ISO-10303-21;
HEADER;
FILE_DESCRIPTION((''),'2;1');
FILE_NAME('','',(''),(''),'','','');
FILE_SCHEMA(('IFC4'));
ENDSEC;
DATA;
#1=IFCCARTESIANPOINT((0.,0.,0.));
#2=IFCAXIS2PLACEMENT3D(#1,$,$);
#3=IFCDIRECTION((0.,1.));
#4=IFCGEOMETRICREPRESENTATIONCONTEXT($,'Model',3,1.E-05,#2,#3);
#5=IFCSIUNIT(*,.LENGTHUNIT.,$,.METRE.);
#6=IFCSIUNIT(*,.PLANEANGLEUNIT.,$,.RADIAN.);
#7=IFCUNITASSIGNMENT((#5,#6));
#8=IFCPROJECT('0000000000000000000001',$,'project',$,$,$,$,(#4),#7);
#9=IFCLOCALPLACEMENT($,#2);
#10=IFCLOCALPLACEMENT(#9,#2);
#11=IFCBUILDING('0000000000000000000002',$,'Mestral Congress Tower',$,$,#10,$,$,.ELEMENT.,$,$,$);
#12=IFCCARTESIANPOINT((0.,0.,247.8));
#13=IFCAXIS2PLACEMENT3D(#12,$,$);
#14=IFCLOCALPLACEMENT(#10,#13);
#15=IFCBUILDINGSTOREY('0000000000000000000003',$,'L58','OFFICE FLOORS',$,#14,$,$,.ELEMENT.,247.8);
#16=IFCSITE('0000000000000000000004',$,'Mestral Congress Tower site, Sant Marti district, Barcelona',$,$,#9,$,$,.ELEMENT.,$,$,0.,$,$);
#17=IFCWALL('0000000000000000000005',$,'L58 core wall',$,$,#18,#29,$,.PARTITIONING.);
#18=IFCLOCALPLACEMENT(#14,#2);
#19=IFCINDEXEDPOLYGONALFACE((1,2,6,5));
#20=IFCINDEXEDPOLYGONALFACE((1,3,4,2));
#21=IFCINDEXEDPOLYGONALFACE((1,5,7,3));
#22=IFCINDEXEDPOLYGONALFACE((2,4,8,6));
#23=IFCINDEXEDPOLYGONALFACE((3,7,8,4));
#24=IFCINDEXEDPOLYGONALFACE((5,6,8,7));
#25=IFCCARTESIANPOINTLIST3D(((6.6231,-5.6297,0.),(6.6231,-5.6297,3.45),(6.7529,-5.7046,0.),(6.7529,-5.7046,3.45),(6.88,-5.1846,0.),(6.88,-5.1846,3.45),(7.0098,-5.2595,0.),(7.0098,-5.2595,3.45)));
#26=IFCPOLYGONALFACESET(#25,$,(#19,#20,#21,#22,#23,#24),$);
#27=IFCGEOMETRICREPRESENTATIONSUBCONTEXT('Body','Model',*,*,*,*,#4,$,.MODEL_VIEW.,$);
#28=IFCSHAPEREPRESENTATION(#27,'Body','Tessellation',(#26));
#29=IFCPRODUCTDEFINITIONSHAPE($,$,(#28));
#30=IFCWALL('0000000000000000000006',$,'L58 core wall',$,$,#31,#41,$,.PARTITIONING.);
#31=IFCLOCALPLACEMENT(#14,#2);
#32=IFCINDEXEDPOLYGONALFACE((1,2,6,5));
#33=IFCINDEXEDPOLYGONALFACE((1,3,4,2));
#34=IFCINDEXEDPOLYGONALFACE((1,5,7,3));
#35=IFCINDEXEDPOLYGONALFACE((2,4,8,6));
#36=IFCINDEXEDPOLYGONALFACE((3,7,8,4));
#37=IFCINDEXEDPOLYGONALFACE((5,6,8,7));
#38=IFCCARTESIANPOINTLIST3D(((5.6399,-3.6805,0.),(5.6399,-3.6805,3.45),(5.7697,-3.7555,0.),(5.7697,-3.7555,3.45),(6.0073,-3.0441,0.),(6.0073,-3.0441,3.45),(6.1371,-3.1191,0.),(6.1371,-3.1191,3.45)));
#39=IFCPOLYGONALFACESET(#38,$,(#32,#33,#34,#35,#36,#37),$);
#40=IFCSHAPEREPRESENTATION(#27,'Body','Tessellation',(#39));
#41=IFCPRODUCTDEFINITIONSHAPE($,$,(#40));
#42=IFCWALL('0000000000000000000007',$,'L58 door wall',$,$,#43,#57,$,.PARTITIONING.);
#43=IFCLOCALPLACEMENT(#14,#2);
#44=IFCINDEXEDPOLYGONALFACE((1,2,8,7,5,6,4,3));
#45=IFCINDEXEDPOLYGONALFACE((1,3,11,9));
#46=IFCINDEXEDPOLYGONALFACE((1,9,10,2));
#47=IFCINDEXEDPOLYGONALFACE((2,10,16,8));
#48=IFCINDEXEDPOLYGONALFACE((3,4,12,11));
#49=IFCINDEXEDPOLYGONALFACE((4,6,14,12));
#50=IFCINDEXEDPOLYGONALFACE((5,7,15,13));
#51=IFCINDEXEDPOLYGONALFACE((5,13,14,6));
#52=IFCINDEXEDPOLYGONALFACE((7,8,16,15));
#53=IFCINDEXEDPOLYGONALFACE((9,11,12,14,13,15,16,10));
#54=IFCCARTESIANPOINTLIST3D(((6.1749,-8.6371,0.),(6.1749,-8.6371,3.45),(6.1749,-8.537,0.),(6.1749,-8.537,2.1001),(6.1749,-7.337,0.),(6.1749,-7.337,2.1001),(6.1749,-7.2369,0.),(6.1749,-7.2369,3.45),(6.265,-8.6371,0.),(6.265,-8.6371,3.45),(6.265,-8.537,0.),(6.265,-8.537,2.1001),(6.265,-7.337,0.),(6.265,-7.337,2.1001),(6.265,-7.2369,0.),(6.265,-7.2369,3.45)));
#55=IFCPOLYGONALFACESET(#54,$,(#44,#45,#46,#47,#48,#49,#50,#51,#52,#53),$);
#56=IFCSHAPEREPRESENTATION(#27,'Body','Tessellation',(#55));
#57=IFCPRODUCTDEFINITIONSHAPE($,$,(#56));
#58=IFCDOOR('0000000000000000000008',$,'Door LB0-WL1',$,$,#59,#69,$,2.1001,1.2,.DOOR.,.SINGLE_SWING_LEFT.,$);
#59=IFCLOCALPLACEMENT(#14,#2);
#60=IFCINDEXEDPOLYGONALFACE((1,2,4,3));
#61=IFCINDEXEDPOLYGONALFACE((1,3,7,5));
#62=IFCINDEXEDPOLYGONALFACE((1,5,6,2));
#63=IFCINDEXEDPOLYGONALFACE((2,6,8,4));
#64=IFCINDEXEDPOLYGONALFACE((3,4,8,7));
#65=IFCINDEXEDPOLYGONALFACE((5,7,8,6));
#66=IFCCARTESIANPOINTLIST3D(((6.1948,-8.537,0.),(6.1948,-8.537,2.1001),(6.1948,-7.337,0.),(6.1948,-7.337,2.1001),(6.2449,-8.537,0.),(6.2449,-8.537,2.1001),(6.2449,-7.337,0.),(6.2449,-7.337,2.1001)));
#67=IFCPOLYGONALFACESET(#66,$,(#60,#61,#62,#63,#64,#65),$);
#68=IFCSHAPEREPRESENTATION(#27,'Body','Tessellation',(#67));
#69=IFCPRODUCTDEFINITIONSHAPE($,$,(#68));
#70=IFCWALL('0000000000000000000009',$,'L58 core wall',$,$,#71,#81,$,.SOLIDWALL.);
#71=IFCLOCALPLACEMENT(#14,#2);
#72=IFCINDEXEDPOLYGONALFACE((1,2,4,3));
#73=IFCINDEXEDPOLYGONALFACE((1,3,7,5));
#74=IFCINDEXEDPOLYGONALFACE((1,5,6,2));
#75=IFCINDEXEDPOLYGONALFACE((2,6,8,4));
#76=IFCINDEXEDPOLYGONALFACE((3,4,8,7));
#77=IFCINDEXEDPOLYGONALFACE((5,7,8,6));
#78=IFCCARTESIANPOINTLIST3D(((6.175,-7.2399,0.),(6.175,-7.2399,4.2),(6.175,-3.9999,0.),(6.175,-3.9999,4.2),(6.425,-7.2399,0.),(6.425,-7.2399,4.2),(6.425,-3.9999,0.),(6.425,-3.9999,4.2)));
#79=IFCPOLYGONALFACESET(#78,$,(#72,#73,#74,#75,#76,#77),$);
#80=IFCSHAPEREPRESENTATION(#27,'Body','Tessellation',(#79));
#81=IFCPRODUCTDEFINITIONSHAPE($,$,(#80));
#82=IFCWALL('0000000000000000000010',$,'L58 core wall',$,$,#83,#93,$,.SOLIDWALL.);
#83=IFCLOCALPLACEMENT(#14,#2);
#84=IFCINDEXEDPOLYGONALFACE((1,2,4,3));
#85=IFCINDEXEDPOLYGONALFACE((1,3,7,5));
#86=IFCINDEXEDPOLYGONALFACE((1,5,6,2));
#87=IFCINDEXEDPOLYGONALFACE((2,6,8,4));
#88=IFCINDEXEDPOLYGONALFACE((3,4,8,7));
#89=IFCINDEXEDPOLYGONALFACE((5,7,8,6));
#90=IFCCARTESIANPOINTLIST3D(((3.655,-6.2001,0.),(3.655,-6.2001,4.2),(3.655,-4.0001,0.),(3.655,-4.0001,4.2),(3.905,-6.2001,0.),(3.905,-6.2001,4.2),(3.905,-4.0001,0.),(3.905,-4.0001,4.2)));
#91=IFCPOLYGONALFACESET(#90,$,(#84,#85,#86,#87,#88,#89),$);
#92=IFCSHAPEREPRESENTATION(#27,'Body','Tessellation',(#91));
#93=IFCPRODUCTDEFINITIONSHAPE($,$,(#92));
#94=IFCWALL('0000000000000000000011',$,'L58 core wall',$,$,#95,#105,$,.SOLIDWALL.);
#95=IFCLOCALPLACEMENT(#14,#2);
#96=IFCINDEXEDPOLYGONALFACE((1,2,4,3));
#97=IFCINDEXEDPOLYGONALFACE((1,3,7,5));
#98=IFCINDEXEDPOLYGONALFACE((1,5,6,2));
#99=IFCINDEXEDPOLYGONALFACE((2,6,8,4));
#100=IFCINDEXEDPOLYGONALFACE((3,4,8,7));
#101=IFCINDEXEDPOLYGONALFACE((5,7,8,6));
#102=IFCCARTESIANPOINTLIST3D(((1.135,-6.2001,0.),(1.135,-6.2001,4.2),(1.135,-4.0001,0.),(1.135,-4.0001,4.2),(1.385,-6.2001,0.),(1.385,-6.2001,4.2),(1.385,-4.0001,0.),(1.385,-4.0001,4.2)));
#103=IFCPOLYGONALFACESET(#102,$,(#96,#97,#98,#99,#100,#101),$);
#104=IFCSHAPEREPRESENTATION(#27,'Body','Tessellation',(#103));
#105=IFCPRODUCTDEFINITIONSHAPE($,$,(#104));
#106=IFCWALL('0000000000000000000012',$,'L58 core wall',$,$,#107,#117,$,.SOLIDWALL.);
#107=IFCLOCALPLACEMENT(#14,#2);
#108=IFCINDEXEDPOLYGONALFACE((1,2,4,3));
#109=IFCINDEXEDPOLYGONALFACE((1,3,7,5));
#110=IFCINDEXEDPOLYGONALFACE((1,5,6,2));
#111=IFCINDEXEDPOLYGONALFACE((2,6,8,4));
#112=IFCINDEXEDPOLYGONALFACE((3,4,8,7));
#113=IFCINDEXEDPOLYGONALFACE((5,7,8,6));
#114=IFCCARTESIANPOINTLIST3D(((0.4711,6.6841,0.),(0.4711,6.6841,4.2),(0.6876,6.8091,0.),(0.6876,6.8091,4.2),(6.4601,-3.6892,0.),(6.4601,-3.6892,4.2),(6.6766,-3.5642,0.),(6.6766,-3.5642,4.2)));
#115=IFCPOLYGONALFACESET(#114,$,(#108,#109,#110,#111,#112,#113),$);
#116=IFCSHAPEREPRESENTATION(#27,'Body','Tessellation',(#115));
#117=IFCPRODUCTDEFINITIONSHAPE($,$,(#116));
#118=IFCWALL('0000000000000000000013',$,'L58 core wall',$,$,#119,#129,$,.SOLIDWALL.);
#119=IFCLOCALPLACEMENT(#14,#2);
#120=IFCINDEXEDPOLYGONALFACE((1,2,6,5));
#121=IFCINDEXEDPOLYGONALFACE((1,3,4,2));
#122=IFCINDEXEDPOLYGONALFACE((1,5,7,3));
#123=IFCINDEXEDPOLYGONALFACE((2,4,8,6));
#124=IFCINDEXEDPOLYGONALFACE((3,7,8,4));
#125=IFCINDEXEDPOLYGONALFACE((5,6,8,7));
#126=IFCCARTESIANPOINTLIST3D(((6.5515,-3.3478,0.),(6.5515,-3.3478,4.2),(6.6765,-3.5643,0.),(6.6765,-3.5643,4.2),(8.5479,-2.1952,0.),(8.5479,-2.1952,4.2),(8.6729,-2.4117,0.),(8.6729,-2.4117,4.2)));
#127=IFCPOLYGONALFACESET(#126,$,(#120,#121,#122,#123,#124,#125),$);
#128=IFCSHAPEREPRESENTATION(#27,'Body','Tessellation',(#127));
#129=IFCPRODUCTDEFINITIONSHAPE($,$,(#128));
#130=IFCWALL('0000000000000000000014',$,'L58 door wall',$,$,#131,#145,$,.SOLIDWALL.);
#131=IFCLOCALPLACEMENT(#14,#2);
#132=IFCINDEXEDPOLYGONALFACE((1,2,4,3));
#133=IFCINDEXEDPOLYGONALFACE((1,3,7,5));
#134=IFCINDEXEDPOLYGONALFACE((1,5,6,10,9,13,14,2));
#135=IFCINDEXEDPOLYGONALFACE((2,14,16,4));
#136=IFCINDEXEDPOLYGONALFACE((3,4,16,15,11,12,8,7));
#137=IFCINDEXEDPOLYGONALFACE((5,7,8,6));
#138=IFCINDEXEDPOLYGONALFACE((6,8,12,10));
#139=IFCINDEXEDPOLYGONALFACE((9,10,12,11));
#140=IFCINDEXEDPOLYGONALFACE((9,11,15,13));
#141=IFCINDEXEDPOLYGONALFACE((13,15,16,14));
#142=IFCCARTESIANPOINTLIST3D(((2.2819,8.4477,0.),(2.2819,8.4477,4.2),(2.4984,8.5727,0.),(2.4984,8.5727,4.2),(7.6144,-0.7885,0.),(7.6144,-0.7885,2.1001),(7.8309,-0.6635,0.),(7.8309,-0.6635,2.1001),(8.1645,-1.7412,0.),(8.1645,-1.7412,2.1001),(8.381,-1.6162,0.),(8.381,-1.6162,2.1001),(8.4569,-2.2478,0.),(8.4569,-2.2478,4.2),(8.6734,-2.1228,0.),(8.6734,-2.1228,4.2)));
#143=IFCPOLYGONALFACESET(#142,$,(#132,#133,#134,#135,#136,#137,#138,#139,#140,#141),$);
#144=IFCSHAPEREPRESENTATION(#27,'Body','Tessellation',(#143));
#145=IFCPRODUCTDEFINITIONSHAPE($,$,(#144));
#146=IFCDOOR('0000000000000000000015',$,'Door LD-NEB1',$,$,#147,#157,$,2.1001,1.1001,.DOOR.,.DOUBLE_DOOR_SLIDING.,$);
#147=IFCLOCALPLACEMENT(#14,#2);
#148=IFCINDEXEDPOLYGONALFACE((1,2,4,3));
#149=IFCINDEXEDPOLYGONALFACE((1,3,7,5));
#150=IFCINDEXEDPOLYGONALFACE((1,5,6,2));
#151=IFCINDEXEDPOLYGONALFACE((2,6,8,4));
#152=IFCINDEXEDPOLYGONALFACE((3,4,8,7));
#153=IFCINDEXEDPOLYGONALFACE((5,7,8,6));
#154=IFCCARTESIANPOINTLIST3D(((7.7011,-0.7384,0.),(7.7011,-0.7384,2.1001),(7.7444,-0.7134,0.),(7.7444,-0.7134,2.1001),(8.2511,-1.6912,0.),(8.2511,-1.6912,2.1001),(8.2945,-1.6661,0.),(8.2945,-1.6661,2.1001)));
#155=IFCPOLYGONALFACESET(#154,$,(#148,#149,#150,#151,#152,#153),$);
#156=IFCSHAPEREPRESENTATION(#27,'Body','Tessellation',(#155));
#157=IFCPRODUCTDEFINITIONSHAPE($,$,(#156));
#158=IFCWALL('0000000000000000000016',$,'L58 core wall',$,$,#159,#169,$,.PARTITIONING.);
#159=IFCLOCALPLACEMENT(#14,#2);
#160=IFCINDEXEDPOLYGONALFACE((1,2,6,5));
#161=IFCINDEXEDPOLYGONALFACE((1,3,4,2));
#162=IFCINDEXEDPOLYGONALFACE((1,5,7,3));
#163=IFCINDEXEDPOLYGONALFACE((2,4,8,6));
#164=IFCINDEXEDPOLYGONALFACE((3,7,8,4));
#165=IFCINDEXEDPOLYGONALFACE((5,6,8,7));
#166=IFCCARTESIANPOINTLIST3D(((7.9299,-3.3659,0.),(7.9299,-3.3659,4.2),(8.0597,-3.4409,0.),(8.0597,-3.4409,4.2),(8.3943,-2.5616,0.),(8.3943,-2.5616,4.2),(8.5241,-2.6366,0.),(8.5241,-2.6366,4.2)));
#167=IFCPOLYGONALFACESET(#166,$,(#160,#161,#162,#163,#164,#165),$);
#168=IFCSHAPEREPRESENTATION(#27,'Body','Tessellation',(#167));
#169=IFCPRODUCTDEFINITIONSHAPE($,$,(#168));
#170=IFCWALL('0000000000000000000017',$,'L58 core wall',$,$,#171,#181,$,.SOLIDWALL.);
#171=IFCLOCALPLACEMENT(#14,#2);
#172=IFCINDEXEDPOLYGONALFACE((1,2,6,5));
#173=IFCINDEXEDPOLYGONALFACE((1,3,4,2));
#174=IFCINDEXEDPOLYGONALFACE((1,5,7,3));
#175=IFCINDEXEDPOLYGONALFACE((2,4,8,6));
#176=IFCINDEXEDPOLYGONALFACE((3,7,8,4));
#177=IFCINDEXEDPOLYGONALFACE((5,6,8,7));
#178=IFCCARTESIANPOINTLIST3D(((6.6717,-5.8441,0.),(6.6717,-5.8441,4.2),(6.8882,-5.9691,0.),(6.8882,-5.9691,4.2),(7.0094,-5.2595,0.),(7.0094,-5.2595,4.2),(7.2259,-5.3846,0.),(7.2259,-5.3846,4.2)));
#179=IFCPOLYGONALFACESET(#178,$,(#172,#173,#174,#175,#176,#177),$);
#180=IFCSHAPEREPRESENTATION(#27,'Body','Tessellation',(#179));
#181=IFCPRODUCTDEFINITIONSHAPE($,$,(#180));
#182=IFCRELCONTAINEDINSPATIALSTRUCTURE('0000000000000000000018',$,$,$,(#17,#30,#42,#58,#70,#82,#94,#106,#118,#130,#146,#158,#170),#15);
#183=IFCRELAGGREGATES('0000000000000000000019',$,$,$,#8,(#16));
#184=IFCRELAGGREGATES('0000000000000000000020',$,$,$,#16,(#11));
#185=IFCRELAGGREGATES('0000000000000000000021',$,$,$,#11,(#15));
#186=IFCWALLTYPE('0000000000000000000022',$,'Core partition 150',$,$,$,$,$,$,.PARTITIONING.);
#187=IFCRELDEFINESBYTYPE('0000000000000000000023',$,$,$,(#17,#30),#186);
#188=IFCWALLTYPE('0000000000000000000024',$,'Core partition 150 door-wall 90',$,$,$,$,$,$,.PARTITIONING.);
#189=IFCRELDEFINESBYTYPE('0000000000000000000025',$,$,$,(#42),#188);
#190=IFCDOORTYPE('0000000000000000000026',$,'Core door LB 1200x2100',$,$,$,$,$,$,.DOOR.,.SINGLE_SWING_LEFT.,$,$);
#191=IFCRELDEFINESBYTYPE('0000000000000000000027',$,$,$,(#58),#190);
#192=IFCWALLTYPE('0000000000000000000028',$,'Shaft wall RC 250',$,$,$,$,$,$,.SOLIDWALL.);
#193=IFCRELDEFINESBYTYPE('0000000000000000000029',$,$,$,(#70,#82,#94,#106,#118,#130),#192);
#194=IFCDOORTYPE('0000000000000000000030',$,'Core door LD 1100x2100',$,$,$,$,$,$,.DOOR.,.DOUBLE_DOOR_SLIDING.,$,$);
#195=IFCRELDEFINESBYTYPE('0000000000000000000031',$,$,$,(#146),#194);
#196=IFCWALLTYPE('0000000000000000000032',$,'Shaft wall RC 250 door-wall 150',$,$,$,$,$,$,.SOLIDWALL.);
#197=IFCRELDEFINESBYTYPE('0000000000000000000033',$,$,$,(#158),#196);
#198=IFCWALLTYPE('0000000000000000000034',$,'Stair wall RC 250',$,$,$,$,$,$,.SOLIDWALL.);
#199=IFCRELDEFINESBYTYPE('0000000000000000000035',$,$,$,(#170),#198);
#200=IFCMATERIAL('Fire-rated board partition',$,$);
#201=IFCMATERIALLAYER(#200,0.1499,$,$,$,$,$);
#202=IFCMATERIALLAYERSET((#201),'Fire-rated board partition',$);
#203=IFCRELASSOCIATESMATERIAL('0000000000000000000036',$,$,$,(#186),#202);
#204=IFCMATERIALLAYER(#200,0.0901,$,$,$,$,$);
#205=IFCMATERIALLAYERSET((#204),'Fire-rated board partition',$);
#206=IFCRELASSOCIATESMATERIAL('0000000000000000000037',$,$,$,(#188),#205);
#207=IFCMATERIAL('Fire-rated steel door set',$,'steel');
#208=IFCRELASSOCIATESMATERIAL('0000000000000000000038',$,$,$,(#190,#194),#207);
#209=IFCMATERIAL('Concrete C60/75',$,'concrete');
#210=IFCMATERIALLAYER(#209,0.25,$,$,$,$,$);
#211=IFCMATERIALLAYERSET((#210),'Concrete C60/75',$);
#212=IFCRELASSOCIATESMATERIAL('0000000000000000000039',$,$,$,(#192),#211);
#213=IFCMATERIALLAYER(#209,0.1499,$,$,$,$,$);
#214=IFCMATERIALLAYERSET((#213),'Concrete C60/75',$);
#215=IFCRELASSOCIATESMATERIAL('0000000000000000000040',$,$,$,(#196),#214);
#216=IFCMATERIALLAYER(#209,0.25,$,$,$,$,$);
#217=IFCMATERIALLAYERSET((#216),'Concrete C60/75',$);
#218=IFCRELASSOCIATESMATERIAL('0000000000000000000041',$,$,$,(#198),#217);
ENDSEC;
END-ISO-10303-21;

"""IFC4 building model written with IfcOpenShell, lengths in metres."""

from ifc_helpers import new_model, si_unit, direction, frame, frame_2d, origin, place, context, subcontext, project, spatial, rectangle, extrude, material, layer, layer_set, type_object, element, fill, save


model = new_model("IFC4")

# Units and contexts
model_context = context("Model", 3, precision=1e-05, world=origin(), true_north=direction((0.0, 1.0)))
body_context = subcontext(model_context, "Body", "Model", "MODEL_VIEW")
ifc_project = project(units=[si_unit("LENGTHUNIT", "METRE"), si_unit("PLANEANGLEUNIT", "RADIAN")], contexts=[model_context])

# Site, building, storey
site_placement = place(None, origin())
site = spatial("IfcSite", under=ifc_project, at=site_placement, Name="Mestral Congress Tower site, Sant Marti district, Barcelona", CompositionType="ELEMENT", RefElevation=0.0)
building_placement = place(site_placement, origin())
building = spatial("IfcBuilding", under=site, at=building_placement, Name="Mestral Congress Tower", CompositionType="ELEMENT")
storey_placement = place(building_placement, frame((0.0, 0.0, 247.8)))
storey = spatial("IfcBuildingStorey", under=building, at=storey_placement, Name="L58", Description="OFFICE FLOORS", CompositionType="ELEMENT", Elevation=247.8)

# Walls
ifc_material_1 = material(Name="Fire-rated board partition")
ifc_layer_1 = layer(ifc_material_1, 0.1499)
ifc_layer_set_1 = layer_set([ifc_layer_1], Name="Fire-rated board partition")
wall_type_1 = type_object("IfcWallType", Name="Core partition 150", PredefinedType="PARTITIONING", material=ifc_layer_set_1)
wall_1_placement = place(storey_placement, frame((6.9448, -5.2222, 0.0), z_axis=(0.0, 0.0, 1.0), x_axis=(-0.499818, -0.86613, 0.0)))
element("IfcWall", 1, at=wall_1_placement, inside=storey, type_object=wall_type_1, Name="L58 core wall", PredefinedType="PARTITIONING", context=body_context, shape_type="SweptSolid", body=[
    extrude(rectangle(XDim=0.5139, YDim=0.1499, at=frame_2d((0.2568, 0.0))), origin(), (0.0, 0.0, 1.0), 3.45),
])
wall_2_placement = place(storey_placement, frame((5.7048, -3.718, 0.0), z_axis=(0.0, 0.0, 1.0), x_axis=(0.499962, 0.866047, 0.0)))
element("IfcWall", 2, at=wall_2_placement, inside=storey, type_object=wall_type_1, Name="L58 core wall", PredefinedType="PARTITIONING", context=body_context, shape_type="SweptSolid", body=[
    extrude(rectangle(XDim=0.7349, YDim=0.1499, at=frame_2d((0.3674, 0.0))), origin(), (0.0, 0.0, 1.0), 3.45),
])

# Wall, opening, door
ifc_layer_2 = layer(ifc_material_1, 0.0901)
ifc_layer_set_2 = layer_set([ifc_layer_2], Name="Fire-rated board partition")
wall_type_2 = type_object("IfcWallType", Name="Core partition 150 door-wall 90", PredefinedType="PARTITIONING", material=ifc_layer_set_2)
wall_3_placement = place(storey_placement, frame((6.22, -7.2368, 0.0), z_axis=(0.0, 0.0, 1.0), x_axis=(0.0, -1.0, 0.0)))
wall_3 = element("IfcWall", 3, at=wall_3_placement, inside=storey, type_object=wall_type_2, Name="L58 door wall", PredefinedType="PARTITIONING", context=body_context, shape_type="SweptSolid", body=[
    extrude(rectangle(XDim=1.4001, YDim=0.0901, at=frame_2d((0.7002, 0.0))), origin(), (0.0, 0.0, 1.0), 3.45),
])
opening_1_placement = place(wall_3_placement, frame((0.1001, 0.0, 0.0)))
opening_1 = element("IfcOpeningElement", 4, at=opening_1_placement, cuts=wall_3, PredefinedType="OPENING", context=body_context, shape_type="SweptSolid", body=[
    extrude(rectangle(XDim=1.2, YDim=2.1001, at=frame_2d((0.6001, 1.05))), frame((0.0, 0.0549, 0.0), z_axis=(0.0, -1.0, 0.0), x_axis=(1.0, 0.0, 0.0)), (0.0, 0.0, 1.0), 0.1101),
])
ifc_material_2 = material(Name="Fire-rated steel door set", Category="steel")
door_type_1 = type_object("IfcDoorType", Name="Core door LB 1200x2100", OperationType="SINGLE_SWING_LEFT", PredefinedType="DOOR", material=ifc_material_2)
door_1_placement = place(opening_1_placement, origin())
door_1 = element("IfcDoor", 5, at=door_1_placement, inside=storey, type_object=door_type_1, Name="Door LB0-WL1", OperationType="SINGLE_SWING_LEFT", OverallHeight=2.1001, OverallWidth=1.2, PredefinedType="DOOR", context=body_context, shape_type="SweptSolid", body=[
    extrude(rectangle(XDim=1.2, YDim=2.1001, at=frame_2d((0.6001, 1.05))), frame((0.0, 0.0249, 0.0), z_axis=(0.0, -1.0, 0.0), x_axis=(1.0, 0.0, 0.0)), (0.0, 0.0, 1.0), 0.05),
])
fill(opening_1, door_1)

# Walls
ifc_material_3 = material(Name="Concrete C60/75", Category="concrete")
ifc_layer_3 = layer(ifc_material_3, 0.25)
ifc_layer_set_3 = layer_set([ifc_layer_3], Name="Concrete C60/75")
wall_type_3 = type_object("IfcWallType", Name="Shaft wall RC 250", PredefinedType="SOLIDWALL", material=ifc_layer_set_3)
wall_4_placement = place(storey_placement, frame((6.3, -7.24, 0.0), z_axis=(0.0, 0.0, 1.0), x_axis=(0.0, 1.0, 0.0)))
element("IfcWall", 6, at=wall_4_placement, inside=storey, type_object=wall_type_3, Name="L58 core wall", PredefinedType="SOLIDWALL", context=body_context, shape_type="SweptSolid", body=[
    extrude(rectangle(XDim=3.24, YDim=0.25, at=frame_2d((1.6201, 0.0))), origin(), (0.0, 0.0, 1.0), 4.2),
])
for number, where, z_axis, x_axis, name in (
    (7, (3.78, -4.0, 0.0), (0.0, 0.0, 1.0), (0.0, -1.0, 0.0), "L58 core wall"),
    (8, (1.26, -4.0, 0.0), (0.0, 0.0, 1.0), (0.0, -1.0, 0.0), "L58 core wall"),
):
    element("IfcWall", number, at=place(storey_placement, frame(where, z_axis=z_axis, x_axis=x_axis)), inside=storey, type_object=wall_type_3, Name=name, PredefinedType="SOLIDWALL", context=body_context, shape_type="SweptSolid", body=[
        extrude(rectangle(XDim=2.2, YDim=0.25, at=frame_2d((1.1001, 0.0))), origin(), (0.0, 0.0, 1.0), 4.2),
    ])
wall_5_placement = place(storey_placement, frame((6.5684, -3.6267, 0.0), z_axis=(0.0, 0.0, 1.0), x_axis=(-0.499999, 0.866026, 0.0)))
element("IfcWall", 9, at=wall_5_placement, inside=storey, type_object=wall_type_3, Name="L58 core wall", PredefinedType="SOLIDWALL", context=body_context, shape_type="SweptSolid", body=[
    extrude(rectangle(XDim=11.978, YDim=0.25, at=frame_2d((5.989, 0.0))), origin(), (0.0, 0.0, 1.0), 4.2),
])
wall_6_placement = place(storey_placement, frame((6.614, -3.4561, 0.0), z_axis=(0.0, 0.0, 1.0), x_axis=(0.866025, 0.500001, 0.0)))
element("IfcWall", 10, at=wall_6_placement, inside=storey, type_object=wall_type_3, Name="L58 core wall", PredefinedType="SOLIDWALL", context=body_context, shape_type="SweptSolid", body=[
    extrude(rectangle(XDim=2.3052, YDim=0.25, at=frame_2d((1.1526, 0.0))), origin(), (0.0, 0.0, 1.0), 4.2),
])

# Wall, opening, door
wall_7_placement = place(storey_placement, frame((8.5652, -2.1853, 0.0), z_axis=(0.0, 0.0, 1.0), x_axis=(-0.499998, 0.866027, 0.0)))
wall_7 = element("IfcWall", 11, at=wall_7_placement, inside=storey, type_object=wall_type_3, Name="L58 door wall", PredefinedType="SOLIDWALL", context=body_context, shape_type="SweptSolid", body=[
    extrude(rectangle(XDim=12.3501, YDim=0.25, at=frame_2d((6.175, 0.0))), origin(), (0.0, 0.0, 1.0), 4.2),
])
opening_2_placement = place(wall_7_placement, frame((0.585, 0.0, 0.0)))
opening_2 = element("IfcOpeningElement", 12, at=opening_2_placement, cuts=wall_7, PredefinedType="OPENING", context=body_context, shape_type="SweptSolid", body=[
    extrude(rectangle(XDim=1.1001, YDim=2.1001, at=frame_2d((0.55, 1.05))), frame((0.0, 0.135, 0.0), z_axis=(0.0, -1.0, 0.0), x_axis=(1.0, 0.0, 0.0)), (0.0, 0.0, 1.0), 0.27),
])
door_type_2 = type_object("IfcDoorType", Name="Core door LD 1100x2100", OperationType="DOUBLE_DOOR_SLIDING", PredefinedType="DOOR", material=ifc_material_2)
door_2_placement = place(opening_2_placement, origin())
door_2 = element("IfcDoor", 13, at=door_2_placement, inside=storey, type_object=door_type_2, Name="Door LD-NEB1", OperationType="DOUBLE_DOOR_SLIDING", OverallHeight=2.1001, OverallWidth=1.1001, PredefinedType="DOOR", context=body_context, shape_type="SweptSolid", body=[
    extrude(rectangle(XDim=1.1001, YDim=2.1001, at=frame_2d((0.55, 1.05))), frame((0.0, 0.0249, 0.0), z_axis=(0.0, -1.0, 0.0), x_axis=(1.0, 0.0, 0.0)), (0.0, 0.0, 1.0), 0.05),
])
fill(opening_2, door_2)

# Walls
ifc_layer_4 = layer(ifc_material_3, 0.1499)
ifc_layer_set_4 = layer_set([ifc_layer_4], Name="Concrete C60/75")
wall_type_4 = type_object("IfcWallType", Name="Shaft wall RC 250 door-wall 150", PredefinedType="SOLIDWALL", material=ifc_layer_set_4)
wall_8_placement = place(storey_placement, frame((8.4592, -2.5991, 0.0), z_axis=(0.0, 0.0, 1.0), x_axis=(-0.500041, -0.866002, 0.0)))
element("IfcWall", 14, at=wall_8_placement, inside=storey, type_object=wall_type_4, Name="L58 core wall", PredefinedType="PARTITIONING", context=body_context, shape_type="SweptSolid", body=[
    extrude(rectangle(XDim=0.9287, YDim=0.1499, at=frame_2d((0.4644, 0.0))), origin(), (0.0, 0.0, 1.0), 4.2),
])
ifc_layer_5 = layer(ifc_material_3, 0.25)
ifc_layer_set_5 = layer_set([ifc_layer_5], Name="Concrete C60/75")
wall_type_5 = type_object("IfcWallType", Name="Stair wall RC 250", PredefinedType="SOLIDWALL", material=ifc_layer_set_5)
wall_9_placement = place(storey_placement, frame((6.78, -5.9065, 0.0), z_axis=(0.0, 0.0, 1.0), x_axis=(0.500223, 0.865896, 0.0)))
element("IfcWall", 15, at=wall_9_placement, inside=storey, type_object=wall_type_5, Name="L58 core wall", PredefinedType="SOLIDWALL", context=body_context, shape_type="SweptSolid", body=[
    extrude(rectangle(XDim=0.675, YDim=0.25, at=frame_2d((0.3374, 0.0))), origin(), (0.0, 0.0, 1.0), 4.2),
])

save(model, "model.ifc")
